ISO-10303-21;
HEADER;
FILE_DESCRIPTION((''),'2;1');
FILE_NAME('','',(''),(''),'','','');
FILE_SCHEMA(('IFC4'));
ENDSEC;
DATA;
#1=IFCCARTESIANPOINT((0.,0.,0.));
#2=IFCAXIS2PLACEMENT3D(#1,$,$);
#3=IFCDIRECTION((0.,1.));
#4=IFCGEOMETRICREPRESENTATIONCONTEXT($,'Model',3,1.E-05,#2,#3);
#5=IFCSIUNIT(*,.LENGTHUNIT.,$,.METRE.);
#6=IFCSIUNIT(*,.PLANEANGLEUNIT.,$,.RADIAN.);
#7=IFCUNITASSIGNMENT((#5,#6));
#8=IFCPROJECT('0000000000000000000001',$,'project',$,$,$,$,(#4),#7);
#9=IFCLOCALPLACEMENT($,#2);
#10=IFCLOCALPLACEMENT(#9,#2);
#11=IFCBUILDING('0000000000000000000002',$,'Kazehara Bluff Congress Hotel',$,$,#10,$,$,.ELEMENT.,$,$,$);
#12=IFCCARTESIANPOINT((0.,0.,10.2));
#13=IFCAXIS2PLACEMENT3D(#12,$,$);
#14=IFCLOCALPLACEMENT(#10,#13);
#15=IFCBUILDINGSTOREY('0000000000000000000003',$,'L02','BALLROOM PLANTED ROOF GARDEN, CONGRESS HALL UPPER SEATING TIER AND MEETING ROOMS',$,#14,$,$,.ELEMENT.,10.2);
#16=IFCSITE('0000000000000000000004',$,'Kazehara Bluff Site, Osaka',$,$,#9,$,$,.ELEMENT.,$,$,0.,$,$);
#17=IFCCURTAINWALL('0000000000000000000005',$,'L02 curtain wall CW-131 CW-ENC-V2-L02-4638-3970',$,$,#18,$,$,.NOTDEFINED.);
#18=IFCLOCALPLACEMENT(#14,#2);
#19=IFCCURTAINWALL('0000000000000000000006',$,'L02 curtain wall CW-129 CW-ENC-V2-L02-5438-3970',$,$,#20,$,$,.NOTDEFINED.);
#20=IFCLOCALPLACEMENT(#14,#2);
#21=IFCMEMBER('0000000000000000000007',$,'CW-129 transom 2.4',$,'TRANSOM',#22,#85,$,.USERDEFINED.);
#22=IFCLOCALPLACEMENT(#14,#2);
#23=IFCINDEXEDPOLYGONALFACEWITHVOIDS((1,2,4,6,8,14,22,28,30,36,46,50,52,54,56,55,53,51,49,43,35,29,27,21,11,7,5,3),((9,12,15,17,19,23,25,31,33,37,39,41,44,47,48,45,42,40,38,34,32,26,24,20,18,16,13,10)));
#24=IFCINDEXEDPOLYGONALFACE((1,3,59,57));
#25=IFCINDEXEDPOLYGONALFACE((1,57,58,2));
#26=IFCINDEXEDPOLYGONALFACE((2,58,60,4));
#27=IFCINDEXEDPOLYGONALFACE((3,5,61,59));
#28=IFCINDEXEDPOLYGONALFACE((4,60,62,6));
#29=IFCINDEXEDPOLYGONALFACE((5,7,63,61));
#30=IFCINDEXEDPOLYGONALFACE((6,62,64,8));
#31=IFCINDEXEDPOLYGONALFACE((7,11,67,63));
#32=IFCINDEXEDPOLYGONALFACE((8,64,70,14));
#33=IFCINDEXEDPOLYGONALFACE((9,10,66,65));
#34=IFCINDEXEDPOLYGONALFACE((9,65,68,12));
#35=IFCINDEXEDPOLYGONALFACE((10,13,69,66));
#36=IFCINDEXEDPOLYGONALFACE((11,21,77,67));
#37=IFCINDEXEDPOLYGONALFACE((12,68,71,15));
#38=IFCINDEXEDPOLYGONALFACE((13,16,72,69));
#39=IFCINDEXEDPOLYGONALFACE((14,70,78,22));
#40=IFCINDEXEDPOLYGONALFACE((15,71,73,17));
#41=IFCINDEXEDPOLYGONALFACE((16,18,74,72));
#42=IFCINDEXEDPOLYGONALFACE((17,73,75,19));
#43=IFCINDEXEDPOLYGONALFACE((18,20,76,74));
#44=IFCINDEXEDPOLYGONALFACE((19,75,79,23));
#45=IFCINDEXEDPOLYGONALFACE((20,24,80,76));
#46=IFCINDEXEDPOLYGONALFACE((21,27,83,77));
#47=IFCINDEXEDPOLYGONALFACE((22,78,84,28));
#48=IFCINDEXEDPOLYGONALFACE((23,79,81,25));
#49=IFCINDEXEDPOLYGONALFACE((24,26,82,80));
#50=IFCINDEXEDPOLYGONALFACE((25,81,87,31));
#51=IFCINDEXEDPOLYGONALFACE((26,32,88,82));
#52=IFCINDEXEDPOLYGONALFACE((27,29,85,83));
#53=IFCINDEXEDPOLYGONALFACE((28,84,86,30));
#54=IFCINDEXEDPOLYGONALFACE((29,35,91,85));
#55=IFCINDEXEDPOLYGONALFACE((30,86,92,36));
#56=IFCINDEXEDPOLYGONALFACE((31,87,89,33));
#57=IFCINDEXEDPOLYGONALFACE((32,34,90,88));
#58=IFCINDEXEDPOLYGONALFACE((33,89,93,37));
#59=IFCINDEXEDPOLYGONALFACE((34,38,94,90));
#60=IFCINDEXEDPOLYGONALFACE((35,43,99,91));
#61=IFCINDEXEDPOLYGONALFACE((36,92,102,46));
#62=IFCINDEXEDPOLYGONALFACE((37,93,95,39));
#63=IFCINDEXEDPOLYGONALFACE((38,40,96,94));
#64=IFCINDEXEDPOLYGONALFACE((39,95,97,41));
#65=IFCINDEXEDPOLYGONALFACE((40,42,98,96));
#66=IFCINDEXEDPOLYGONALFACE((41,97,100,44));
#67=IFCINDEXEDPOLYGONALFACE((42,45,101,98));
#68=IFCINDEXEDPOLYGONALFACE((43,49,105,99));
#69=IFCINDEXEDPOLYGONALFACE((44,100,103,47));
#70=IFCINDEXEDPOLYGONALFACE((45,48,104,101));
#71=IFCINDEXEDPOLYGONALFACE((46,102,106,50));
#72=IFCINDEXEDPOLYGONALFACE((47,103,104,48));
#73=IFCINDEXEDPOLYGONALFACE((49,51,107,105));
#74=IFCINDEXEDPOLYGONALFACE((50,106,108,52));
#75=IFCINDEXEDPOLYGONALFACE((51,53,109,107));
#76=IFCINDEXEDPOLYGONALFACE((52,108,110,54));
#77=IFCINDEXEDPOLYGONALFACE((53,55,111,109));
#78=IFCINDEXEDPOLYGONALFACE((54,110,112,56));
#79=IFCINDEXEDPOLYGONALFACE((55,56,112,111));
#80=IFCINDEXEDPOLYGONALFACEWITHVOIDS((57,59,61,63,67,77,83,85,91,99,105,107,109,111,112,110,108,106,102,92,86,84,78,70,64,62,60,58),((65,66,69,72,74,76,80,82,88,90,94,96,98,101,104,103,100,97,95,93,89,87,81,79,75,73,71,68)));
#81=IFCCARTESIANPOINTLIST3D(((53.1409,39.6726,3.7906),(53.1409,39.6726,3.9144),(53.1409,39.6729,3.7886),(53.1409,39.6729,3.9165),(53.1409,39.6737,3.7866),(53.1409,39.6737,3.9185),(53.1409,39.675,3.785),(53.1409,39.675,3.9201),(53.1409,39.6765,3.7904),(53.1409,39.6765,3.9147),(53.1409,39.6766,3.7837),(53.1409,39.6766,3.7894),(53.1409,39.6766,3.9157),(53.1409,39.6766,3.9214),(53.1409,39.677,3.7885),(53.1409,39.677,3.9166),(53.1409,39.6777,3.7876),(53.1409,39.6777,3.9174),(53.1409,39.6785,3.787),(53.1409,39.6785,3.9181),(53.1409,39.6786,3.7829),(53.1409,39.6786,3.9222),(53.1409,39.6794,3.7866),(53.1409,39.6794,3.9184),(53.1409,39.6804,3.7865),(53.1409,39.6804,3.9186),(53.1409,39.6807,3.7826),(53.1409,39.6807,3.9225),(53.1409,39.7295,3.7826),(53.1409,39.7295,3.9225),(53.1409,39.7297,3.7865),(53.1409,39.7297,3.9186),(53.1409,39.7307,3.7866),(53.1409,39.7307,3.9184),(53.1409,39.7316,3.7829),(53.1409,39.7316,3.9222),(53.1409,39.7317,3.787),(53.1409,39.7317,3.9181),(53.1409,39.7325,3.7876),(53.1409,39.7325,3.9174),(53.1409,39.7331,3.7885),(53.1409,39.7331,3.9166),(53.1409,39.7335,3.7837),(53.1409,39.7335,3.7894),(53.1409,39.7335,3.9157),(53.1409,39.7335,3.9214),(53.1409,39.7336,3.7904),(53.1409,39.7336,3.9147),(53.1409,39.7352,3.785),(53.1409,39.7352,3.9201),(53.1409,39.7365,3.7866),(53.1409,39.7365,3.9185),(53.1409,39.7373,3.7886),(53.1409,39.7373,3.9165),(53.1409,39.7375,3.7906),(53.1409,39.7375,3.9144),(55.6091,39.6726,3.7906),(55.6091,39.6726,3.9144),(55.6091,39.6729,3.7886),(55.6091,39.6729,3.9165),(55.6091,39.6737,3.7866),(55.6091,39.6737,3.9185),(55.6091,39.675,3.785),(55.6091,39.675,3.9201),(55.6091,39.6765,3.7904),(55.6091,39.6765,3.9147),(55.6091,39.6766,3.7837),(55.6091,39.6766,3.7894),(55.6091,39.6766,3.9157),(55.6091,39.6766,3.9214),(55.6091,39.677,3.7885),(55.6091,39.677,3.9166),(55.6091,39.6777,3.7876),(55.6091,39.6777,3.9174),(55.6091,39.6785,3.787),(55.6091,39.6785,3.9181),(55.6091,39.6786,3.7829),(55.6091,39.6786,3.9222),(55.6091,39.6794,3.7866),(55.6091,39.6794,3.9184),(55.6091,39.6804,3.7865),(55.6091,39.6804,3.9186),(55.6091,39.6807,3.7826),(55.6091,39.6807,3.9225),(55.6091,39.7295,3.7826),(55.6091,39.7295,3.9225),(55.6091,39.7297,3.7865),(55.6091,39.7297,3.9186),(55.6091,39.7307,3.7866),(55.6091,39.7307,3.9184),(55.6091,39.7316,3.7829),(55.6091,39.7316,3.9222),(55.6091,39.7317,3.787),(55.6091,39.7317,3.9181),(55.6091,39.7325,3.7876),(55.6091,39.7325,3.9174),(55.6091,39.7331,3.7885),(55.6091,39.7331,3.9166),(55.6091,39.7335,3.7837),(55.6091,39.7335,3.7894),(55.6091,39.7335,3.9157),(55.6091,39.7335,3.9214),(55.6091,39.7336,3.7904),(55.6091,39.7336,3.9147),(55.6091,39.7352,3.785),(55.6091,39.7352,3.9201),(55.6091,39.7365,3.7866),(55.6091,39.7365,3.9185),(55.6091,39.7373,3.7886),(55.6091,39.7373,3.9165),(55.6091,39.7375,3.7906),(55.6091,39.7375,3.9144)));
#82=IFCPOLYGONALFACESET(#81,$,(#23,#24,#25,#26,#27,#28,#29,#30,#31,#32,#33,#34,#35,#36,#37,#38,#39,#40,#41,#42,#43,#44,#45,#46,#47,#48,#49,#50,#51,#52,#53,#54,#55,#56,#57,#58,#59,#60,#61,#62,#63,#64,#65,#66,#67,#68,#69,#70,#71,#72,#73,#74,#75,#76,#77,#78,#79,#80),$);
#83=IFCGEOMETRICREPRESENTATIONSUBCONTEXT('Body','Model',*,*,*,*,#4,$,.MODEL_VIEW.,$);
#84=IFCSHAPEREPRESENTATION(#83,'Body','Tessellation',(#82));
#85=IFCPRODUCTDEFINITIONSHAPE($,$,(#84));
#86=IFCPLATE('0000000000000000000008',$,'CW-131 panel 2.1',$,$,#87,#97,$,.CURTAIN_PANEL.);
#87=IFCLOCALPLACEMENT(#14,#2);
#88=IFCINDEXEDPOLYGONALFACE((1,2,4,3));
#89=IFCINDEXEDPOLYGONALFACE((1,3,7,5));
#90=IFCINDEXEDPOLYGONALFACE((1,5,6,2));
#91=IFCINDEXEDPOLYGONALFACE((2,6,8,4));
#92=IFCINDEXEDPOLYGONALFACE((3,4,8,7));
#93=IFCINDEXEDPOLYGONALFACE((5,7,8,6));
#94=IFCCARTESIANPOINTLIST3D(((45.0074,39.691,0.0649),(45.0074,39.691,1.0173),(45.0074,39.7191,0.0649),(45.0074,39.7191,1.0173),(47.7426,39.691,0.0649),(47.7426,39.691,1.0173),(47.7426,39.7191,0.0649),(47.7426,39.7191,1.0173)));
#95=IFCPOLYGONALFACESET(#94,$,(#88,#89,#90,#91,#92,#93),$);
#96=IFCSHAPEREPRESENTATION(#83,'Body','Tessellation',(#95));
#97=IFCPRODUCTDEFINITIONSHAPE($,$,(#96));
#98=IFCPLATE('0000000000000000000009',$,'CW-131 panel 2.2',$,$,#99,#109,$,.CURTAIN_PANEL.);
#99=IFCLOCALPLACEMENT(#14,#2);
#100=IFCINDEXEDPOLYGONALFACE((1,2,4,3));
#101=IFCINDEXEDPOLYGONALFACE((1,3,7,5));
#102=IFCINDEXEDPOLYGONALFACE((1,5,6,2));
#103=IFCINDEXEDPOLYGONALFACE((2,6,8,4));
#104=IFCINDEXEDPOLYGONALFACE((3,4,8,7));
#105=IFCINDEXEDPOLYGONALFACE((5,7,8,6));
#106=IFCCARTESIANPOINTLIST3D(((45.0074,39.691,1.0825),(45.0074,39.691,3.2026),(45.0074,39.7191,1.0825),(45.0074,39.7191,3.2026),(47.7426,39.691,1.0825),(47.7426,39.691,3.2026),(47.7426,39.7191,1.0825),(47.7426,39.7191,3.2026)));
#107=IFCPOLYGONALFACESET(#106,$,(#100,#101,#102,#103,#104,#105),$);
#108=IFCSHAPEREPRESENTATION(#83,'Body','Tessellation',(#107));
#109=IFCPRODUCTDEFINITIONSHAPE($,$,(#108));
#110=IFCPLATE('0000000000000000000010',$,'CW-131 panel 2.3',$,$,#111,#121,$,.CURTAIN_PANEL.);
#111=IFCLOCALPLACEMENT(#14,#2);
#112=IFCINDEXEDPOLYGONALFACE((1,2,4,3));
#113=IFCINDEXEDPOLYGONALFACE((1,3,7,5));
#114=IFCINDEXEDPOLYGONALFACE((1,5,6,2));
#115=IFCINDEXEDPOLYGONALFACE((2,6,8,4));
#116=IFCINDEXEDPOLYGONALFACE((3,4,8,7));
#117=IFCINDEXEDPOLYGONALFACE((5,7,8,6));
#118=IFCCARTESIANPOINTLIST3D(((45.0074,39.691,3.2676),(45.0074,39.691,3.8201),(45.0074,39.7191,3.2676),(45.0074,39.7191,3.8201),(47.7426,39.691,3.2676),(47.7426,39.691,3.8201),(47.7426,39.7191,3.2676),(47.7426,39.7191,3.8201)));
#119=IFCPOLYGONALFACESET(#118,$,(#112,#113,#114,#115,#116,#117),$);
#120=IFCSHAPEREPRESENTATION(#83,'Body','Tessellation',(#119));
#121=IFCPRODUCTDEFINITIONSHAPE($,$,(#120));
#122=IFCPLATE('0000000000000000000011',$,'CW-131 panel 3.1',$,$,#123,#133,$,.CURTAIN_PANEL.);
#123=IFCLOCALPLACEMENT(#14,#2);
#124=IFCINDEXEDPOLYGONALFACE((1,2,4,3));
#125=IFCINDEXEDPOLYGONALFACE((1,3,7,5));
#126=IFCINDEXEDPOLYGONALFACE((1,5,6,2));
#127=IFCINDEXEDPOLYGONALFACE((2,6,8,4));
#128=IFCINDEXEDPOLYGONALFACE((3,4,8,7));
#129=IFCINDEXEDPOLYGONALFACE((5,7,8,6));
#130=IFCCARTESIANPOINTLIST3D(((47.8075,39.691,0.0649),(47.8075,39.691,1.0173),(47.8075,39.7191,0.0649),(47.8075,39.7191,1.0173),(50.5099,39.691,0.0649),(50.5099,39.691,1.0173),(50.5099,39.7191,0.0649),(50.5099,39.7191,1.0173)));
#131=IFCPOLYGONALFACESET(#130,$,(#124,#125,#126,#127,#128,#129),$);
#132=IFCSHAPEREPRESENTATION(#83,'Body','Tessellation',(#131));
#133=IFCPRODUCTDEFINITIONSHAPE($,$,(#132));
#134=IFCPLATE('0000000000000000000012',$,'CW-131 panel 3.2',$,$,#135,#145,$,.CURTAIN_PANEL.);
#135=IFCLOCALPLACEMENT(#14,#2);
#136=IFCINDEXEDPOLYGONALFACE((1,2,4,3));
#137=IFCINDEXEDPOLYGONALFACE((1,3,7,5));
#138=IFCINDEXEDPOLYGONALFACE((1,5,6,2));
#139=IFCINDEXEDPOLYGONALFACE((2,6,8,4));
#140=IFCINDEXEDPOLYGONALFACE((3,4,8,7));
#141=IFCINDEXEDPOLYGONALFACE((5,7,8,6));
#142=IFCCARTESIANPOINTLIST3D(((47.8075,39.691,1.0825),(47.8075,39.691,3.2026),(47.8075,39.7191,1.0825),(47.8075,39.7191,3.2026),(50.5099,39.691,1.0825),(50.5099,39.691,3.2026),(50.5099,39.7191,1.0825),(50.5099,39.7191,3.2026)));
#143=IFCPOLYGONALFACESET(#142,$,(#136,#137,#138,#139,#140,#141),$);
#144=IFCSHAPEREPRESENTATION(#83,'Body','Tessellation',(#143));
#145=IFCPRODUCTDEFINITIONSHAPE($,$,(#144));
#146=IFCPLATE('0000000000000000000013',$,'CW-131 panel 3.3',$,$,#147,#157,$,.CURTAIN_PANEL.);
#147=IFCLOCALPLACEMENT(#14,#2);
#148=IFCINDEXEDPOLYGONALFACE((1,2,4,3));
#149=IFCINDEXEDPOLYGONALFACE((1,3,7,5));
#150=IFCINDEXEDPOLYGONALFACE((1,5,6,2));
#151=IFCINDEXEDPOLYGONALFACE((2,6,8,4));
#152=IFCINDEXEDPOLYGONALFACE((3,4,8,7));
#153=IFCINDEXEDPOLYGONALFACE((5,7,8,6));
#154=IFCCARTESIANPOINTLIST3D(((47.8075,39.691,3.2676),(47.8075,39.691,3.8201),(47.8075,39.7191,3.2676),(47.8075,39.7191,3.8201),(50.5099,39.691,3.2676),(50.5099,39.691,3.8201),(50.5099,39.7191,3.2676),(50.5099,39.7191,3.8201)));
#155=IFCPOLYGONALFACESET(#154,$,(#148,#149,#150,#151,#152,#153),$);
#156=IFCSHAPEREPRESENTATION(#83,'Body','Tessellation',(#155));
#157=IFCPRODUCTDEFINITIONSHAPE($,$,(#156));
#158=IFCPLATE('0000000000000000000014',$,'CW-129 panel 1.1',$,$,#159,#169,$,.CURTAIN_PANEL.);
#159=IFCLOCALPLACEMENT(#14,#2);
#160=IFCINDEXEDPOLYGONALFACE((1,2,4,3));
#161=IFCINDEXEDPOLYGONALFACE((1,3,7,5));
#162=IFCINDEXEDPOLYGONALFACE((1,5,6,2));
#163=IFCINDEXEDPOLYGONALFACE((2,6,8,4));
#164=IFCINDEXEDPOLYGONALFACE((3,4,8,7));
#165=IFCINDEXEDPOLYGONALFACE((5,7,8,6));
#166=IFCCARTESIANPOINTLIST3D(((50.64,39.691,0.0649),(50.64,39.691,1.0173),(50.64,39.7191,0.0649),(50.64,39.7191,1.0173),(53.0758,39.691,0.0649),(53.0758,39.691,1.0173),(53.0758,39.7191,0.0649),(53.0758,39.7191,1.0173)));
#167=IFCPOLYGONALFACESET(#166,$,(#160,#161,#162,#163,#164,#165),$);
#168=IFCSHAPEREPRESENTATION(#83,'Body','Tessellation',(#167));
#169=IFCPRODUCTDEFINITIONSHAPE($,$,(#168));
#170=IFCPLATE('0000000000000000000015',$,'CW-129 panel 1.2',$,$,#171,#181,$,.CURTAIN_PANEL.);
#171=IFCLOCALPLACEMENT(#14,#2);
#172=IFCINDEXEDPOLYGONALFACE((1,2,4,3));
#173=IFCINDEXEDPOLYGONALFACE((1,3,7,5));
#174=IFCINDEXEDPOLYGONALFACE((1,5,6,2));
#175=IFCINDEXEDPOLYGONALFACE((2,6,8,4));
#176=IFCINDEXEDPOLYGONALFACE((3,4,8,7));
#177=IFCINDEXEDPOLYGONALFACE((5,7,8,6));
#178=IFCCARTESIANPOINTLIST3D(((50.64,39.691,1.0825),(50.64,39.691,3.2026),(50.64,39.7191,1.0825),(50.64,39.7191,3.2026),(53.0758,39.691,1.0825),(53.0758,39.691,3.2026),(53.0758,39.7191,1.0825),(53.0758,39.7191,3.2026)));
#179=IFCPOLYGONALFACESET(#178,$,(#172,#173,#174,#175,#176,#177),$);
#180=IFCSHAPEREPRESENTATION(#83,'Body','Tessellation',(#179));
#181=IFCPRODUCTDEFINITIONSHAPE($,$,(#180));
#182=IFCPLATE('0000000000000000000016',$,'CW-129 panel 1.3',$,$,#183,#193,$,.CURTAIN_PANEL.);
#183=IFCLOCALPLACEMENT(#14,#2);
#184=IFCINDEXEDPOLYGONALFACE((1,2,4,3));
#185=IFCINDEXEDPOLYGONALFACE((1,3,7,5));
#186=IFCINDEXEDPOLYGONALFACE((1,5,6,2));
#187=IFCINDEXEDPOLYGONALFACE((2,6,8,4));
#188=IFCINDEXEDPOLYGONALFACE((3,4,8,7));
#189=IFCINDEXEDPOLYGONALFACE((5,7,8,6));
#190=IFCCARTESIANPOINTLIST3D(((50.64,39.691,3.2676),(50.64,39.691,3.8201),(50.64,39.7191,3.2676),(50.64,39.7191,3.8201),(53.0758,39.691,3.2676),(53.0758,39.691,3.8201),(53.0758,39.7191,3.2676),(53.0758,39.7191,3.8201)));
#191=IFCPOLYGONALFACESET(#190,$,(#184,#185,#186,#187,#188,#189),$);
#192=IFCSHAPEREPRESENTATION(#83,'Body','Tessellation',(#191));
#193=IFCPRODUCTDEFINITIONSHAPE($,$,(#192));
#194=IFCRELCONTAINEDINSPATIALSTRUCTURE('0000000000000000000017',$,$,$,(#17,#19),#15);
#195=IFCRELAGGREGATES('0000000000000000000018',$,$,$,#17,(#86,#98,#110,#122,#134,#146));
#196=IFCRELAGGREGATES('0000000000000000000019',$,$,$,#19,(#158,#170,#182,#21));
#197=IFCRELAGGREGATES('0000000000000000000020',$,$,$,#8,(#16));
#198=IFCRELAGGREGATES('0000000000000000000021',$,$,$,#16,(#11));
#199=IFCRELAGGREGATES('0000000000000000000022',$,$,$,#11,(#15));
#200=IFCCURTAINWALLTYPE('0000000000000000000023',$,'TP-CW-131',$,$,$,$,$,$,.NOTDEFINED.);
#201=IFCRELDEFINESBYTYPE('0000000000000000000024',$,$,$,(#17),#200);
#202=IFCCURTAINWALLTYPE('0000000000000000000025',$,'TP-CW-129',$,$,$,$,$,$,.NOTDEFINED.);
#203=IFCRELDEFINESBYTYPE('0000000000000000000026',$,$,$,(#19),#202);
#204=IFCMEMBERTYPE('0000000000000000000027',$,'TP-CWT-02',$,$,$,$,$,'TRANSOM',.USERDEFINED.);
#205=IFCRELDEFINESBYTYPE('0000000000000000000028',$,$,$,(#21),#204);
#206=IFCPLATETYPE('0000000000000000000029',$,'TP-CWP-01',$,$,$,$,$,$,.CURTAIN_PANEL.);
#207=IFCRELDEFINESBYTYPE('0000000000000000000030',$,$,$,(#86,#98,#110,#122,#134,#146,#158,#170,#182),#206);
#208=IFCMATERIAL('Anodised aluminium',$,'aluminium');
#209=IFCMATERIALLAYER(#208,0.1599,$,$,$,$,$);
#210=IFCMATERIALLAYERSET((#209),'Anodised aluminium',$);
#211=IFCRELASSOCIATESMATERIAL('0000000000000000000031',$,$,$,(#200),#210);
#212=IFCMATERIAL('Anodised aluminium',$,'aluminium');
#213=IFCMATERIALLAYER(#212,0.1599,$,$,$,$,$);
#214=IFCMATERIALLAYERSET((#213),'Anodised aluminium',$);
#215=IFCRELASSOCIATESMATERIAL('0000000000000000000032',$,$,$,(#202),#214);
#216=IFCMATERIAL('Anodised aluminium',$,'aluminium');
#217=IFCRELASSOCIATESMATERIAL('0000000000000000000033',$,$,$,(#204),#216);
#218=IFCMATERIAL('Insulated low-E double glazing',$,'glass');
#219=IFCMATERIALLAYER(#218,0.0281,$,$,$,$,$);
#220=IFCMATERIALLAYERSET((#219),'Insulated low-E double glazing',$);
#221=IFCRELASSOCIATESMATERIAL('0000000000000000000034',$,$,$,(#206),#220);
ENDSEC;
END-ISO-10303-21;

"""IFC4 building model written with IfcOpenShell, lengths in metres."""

from ifc_helpers import new_model, si_unit, direction, frame, origin, origin_2d, place, context, subcontext, project, spatial, rectangle, hollow_rectangle, extrude, material, layer, layer_set, material_profile, profile_set, type_object, element, aggregate, save


model = new_model("IFC4")

# Units and contexts
model_context = context("Model", 3, precision=1e-05, world=origin(), true_north=direction((0.0, 1.0)))
body_context = subcontext(model_context, "Body", "Model", "MODEL_VIEW")
ifc_project = project(units=[si_unit("LENGTHUNIT", "METRE"), si_unit("PLANEANGLEUNIT", "RADIAN")], contexts=[model_context])

# Site, building, storey
site_placement = place(None, origin())
site = spatial("IfcSite", under=ifc_project, at=site_placement, Name="Kazehara Bluff Site, Osaka", CompositionType="ELEMENT", RefElevation=0.0)
building_placement = place(site_placement, origin())
building = spatial("IfcBuilding", under=site, at=building_placement, Name="Kazehara Bluff Congress Hotel", CompositionType="ELEMENT")
storey_placement = place(building_placement, frame((0.0, 0.0, 10.2)))
storey = spatial("IfcBuildingStorey", under=building, at=storey_placement, Name="L02", Description="BALLROOM PLANTED ROOF GARDEN, CONGRESS HALL UPPER SEATING TIER AND MEETING ROOMS", CompositionType="ELEMENT", Elevation=10.2)

# Curtain walls
ifc_material_1 = material(Name="Anodised aluminium", Category="aluminium")
ifc_layer_1 = layer(ifc_material_1, 0.1599)
ifc_layer_set_1 = layer_set([ifc_layer_1], Name="Anodised aluminium")
curtain_wall_type_1 = type_object("IfcCurtainWallType", Name="TP-CW-131", PredefinedType="NOTDEFINED", material=ifc_layer_set_1)
curtain_wall_1_placement = place(storey_placement, origin())
curtain_wall_1 = element("IfcCurtainWall", 1, at=curtain_wall_1_placement, inside=storey, type_object=curtain_wall_type_1, Name="L02 curtain wall CW-131 CW-ENC-V2-L02-4638-3970", PredefinedType="NOTDEFINED")
ifc_material_2 = material(Name="Anodised aluminium", Category="aluminium")
ifc_layer_2 = layer(ifc_material_2, 0.1599)
ifc_layer_set_2 = layer_set([ifc_layer_2], Name="Anodised aluminium")
curtain_wall_type_2 = type_object("IfcCurtainWallType", Name="TP-CW-129", PredefinedType="NOTDEFINED", material=ifc_layer_set_2)
curtain_wall_2_placement = place(storey_placement, origin())
curtain_wall_2 = element("IfcCurtainWall", 2, at=curtain_wall_2_placement, inside=storey, type_object=curtain_wall_type_2, Name="L02 curtain wall CW-129 CW-ENC-V2-L02-5438-3970", PredefinedType="NOTDEFINED")

# Shared definitions
ifc_material_3 = material(Name="Anodised aluminium", Category="aluminium")
ifc_material_profile_1 = material_profile(ifc_material_3, hollow_rectangle(XDim=0.0649, YDim=0.1399, WallThickness=0.0039, InnerFilletRadius=0.0039, OuterFilletRadius=0.0081, at=origin_2d()))
ifc_profile_set_1 = profile_set([ifc_material_profile_1], Name="Anodised aluminium")
member_type_1 = type_object("IfcMemberType", Name="TP-CWT-02", ElementType="TRANSOM", PredefinedType="USERDEFINED", material=ifc_profile_set_1)

# Member
member_1_placement = place(storey_placement, frame((53.1409, 39.7051, 3.8525), z_axis=(1.0, 0.0, 0.0), x_axis=(0.0, 1.0, 0.0)))
member_1 = element("IfcMember", 3, at=member_1_placement, type_object=member_type_1, Name="CW-129 transom 2.4", ObjectType="TRANSOM", PredefinedType="USERDEFINED", context=body_context, shape_type="SweptSolid", body=[
    extrude(hollow_rectangle(XDim=0.0649, YDim=0.1399, WallThickness=0.0039, InnerFilletRadius=0.0039, OuterFilletRadius=0.0081, at=origin_2d()), origin(), (0.0, 0.0, 1.0), 2.4683),
])

# Plates
ifc_material_4 = material(Name="Insulated low-E double glazing", Category="glass")
ifc_layer_3 = layer(ifc_material_4, 0.0281)
ifc_layer_set_3 = layer_set([ifc_layer_3], Name="Insulated low-E double glazing")
plate_type = type_object("IfcPlateType", Name="TP-CWP-01", PredefinedType="CURTAIN_PANEL", material=ifc_layer_set_3)
plate_1_placement = place(storey_placement, frame((46.375, 39.7051, 0.0649), z_axis=(0.0, 0.0, 1.0), x_axis=(1.0, 0.0, 0.0)))
plate_1 = element("IfcPlate", 4, at=plate_1_placement, type_object=plate_type, Name="CW-131 panel 2.1", PredefinedType="CURTAIN_PANEL", context=body_context, shape_type="SweptSolid", body=[
    extrude(rectangle(XDim=2.7351, YDim=0.0281, at=origin_2d()), origin(), (0.0, 0.0, 1.0), 0.9524),
])
plate_2_placement = place(storey_placement, frame((46.375, 39.7051, 1.0825), z_axis=(0.0, 0.0, 1.0), x_axis=(1.0, 0.0, 0.0)))
plate_2 = element("IfcPlate", 5, at=plate_2_placement, type_object=plate_type, Name="CW-131 panel 2.2", PredefinedType="CURTAIN_PANEL", context=body_context, shape_type="SweptSolid", body=[
    extrude(rectangle(XDim=2.7351, YDim=0.0281, at=origin_2d()), origin(), (0.0, 0.0, 1.0), 2.1201),
])
plate_3_placement = place(storey_placement, frame((46.375, 39.7051, 3.2676), z_axis=(0.0, 0.0, 1.0), x_axis=(1.0, 0.0, 0.0)))
plate_3 = element("IfcPlate", 6, at=plate_3_placement, type_object=plate_type, Name="CW-131 panel 2.3", PredefinedType="CURTAIN_PANEL", context=body_context, shape_type="SweptSolid", body=[
    extrude(rectangle(XDim=2.7351, YDim=0.0281, at=origin_2d()), origin(), (0.0, 0.0, 1.0), 0.5525),
])
plate_4_placement = place(storey_placement, frame((49.1587, 39.7051, 0.0649), z_axis=(0.0, 0.0, 1.0), x_axis=(1.0, 0.0, 0.0)))
plate_4 = element("IfcPlate", 7, at=plate_4_placement, type_object=plate_type, Name="CW-131 panel 3.1", PredefinedType="CURTAIN_PANEL", context=body_context, shape_type="SweptSolid", body=[
    extrude(rectangle(XDim=2.7024, YDim=0.0281, at=origin_2d()), origin(), (0.0, 0.0, 1.0), 0.9524),
])
plate_5_placement = place(storey_placement, frame((49.1587, 39.7051, 1.0825), z_axis=(0.0, 0.0, 1.0), x_axis=(1.0, 0.0, 0.0)))
plate_5 = element("IfcPlate", 8, at=plate_5_placement, type_object=plate_type, Name="CW-131 panel 3.2", PredefinedType="CURTAIN_PANEL", context=body_context, shape_type="SweptSolid", body=[
    extrude(rectangle(XDim=2.7024, YDim=0.0281, at=origin_2d()), origin(), (0.0, 0.0, 1.0), 2.1201),
])
plate_6_placement = place(storey_placement, frame((49.1587, 39.7051, 3.2676), z_axis=(0.0, 0.0, 1.0), x_axis=(1.0, 0.0, 0.0)))
plate_6 = element("IfcPlate", 9, at=plate_6_placement, type_object=plate_type, Name="CW-131 panel 3.3", PredefinedType="CURTAIN_PANEL", context=body_context, shape_type="SweptSolid", body=[
    extrude(rectangle(XDim=2.7024, YDim=0.0281, at=origin_2d()), origin(), (0.0, 0.0, 1.0), 0.5525),
])
aggregate(curtain_wall_1, [plate_1, plate_2, plate_3, plate_4, plate_5, plate_6])
plate_7_placement = place(storey_placement, frame((51.8579, 39.7051, 0.0649), z_axis=(0.0, 0.0, 1.0), x_axis=(1.0, 0.0, 0.0)))
plate_7 = element("IfcPlate", 10, at=plate_7_placement, type_object=plate_type, Name="CW-129 panel 1.1", PredefinedType="CURTAIN_PANEL", context=body_context, shape_type="SweptSolid", body=[
    extrude(rectangle(XDim=2.4358, YDim=0.0281, at=origin_2d()), origin(), (0.0, 0.0, 1.0), 0.9524),
])
plate_8_placement = place(storey_placement, frame((51.8579, 39.7051, 1.0825), z_axis=(0.0, 0.0, 1.0), x_axis=(1.0, 0.0, 0.0)))
plate_8 = element("IfcPlate", 11, at=plate_8_placement, type_object=plate_type, Name="CW-129 panel 1.2", PredefinedType="CURTAIN_PANEL", context=body_context, shape_type="SweptSolid", body=[
    extrude(rectangle(XDim=2.4358, YDim=0.0281, at=origin_2d()), origin(), (0.0, 0.0, 1.0), 2.1201),
])
plate_9_placement = place(storey_placement, frame((51.8579, 39.7051, 3.2676), z_axis=(0.0, 0.0, 1.0), x_axis=(1.0, 0.0, 0.0)))
plate_9 = element("IfcPlate", 12, at=plate_9_placement, type_object=plate_type, Name="CW-129 panel 1.3", PredefinedType="CURTAIN_PANEL", context=body_context, shape_type="SweptSolid", body=[
    extrude(rectangle(XDim=2.4358, YDim=0.0281, at=origin_2d()), origin(), (0.0, 0.0, 1.0), 0.5525),
])
aggregate(curtain_wall_2, [plate_7, plate_8, plate_9, member_1])

save(model, "model.ifc")
